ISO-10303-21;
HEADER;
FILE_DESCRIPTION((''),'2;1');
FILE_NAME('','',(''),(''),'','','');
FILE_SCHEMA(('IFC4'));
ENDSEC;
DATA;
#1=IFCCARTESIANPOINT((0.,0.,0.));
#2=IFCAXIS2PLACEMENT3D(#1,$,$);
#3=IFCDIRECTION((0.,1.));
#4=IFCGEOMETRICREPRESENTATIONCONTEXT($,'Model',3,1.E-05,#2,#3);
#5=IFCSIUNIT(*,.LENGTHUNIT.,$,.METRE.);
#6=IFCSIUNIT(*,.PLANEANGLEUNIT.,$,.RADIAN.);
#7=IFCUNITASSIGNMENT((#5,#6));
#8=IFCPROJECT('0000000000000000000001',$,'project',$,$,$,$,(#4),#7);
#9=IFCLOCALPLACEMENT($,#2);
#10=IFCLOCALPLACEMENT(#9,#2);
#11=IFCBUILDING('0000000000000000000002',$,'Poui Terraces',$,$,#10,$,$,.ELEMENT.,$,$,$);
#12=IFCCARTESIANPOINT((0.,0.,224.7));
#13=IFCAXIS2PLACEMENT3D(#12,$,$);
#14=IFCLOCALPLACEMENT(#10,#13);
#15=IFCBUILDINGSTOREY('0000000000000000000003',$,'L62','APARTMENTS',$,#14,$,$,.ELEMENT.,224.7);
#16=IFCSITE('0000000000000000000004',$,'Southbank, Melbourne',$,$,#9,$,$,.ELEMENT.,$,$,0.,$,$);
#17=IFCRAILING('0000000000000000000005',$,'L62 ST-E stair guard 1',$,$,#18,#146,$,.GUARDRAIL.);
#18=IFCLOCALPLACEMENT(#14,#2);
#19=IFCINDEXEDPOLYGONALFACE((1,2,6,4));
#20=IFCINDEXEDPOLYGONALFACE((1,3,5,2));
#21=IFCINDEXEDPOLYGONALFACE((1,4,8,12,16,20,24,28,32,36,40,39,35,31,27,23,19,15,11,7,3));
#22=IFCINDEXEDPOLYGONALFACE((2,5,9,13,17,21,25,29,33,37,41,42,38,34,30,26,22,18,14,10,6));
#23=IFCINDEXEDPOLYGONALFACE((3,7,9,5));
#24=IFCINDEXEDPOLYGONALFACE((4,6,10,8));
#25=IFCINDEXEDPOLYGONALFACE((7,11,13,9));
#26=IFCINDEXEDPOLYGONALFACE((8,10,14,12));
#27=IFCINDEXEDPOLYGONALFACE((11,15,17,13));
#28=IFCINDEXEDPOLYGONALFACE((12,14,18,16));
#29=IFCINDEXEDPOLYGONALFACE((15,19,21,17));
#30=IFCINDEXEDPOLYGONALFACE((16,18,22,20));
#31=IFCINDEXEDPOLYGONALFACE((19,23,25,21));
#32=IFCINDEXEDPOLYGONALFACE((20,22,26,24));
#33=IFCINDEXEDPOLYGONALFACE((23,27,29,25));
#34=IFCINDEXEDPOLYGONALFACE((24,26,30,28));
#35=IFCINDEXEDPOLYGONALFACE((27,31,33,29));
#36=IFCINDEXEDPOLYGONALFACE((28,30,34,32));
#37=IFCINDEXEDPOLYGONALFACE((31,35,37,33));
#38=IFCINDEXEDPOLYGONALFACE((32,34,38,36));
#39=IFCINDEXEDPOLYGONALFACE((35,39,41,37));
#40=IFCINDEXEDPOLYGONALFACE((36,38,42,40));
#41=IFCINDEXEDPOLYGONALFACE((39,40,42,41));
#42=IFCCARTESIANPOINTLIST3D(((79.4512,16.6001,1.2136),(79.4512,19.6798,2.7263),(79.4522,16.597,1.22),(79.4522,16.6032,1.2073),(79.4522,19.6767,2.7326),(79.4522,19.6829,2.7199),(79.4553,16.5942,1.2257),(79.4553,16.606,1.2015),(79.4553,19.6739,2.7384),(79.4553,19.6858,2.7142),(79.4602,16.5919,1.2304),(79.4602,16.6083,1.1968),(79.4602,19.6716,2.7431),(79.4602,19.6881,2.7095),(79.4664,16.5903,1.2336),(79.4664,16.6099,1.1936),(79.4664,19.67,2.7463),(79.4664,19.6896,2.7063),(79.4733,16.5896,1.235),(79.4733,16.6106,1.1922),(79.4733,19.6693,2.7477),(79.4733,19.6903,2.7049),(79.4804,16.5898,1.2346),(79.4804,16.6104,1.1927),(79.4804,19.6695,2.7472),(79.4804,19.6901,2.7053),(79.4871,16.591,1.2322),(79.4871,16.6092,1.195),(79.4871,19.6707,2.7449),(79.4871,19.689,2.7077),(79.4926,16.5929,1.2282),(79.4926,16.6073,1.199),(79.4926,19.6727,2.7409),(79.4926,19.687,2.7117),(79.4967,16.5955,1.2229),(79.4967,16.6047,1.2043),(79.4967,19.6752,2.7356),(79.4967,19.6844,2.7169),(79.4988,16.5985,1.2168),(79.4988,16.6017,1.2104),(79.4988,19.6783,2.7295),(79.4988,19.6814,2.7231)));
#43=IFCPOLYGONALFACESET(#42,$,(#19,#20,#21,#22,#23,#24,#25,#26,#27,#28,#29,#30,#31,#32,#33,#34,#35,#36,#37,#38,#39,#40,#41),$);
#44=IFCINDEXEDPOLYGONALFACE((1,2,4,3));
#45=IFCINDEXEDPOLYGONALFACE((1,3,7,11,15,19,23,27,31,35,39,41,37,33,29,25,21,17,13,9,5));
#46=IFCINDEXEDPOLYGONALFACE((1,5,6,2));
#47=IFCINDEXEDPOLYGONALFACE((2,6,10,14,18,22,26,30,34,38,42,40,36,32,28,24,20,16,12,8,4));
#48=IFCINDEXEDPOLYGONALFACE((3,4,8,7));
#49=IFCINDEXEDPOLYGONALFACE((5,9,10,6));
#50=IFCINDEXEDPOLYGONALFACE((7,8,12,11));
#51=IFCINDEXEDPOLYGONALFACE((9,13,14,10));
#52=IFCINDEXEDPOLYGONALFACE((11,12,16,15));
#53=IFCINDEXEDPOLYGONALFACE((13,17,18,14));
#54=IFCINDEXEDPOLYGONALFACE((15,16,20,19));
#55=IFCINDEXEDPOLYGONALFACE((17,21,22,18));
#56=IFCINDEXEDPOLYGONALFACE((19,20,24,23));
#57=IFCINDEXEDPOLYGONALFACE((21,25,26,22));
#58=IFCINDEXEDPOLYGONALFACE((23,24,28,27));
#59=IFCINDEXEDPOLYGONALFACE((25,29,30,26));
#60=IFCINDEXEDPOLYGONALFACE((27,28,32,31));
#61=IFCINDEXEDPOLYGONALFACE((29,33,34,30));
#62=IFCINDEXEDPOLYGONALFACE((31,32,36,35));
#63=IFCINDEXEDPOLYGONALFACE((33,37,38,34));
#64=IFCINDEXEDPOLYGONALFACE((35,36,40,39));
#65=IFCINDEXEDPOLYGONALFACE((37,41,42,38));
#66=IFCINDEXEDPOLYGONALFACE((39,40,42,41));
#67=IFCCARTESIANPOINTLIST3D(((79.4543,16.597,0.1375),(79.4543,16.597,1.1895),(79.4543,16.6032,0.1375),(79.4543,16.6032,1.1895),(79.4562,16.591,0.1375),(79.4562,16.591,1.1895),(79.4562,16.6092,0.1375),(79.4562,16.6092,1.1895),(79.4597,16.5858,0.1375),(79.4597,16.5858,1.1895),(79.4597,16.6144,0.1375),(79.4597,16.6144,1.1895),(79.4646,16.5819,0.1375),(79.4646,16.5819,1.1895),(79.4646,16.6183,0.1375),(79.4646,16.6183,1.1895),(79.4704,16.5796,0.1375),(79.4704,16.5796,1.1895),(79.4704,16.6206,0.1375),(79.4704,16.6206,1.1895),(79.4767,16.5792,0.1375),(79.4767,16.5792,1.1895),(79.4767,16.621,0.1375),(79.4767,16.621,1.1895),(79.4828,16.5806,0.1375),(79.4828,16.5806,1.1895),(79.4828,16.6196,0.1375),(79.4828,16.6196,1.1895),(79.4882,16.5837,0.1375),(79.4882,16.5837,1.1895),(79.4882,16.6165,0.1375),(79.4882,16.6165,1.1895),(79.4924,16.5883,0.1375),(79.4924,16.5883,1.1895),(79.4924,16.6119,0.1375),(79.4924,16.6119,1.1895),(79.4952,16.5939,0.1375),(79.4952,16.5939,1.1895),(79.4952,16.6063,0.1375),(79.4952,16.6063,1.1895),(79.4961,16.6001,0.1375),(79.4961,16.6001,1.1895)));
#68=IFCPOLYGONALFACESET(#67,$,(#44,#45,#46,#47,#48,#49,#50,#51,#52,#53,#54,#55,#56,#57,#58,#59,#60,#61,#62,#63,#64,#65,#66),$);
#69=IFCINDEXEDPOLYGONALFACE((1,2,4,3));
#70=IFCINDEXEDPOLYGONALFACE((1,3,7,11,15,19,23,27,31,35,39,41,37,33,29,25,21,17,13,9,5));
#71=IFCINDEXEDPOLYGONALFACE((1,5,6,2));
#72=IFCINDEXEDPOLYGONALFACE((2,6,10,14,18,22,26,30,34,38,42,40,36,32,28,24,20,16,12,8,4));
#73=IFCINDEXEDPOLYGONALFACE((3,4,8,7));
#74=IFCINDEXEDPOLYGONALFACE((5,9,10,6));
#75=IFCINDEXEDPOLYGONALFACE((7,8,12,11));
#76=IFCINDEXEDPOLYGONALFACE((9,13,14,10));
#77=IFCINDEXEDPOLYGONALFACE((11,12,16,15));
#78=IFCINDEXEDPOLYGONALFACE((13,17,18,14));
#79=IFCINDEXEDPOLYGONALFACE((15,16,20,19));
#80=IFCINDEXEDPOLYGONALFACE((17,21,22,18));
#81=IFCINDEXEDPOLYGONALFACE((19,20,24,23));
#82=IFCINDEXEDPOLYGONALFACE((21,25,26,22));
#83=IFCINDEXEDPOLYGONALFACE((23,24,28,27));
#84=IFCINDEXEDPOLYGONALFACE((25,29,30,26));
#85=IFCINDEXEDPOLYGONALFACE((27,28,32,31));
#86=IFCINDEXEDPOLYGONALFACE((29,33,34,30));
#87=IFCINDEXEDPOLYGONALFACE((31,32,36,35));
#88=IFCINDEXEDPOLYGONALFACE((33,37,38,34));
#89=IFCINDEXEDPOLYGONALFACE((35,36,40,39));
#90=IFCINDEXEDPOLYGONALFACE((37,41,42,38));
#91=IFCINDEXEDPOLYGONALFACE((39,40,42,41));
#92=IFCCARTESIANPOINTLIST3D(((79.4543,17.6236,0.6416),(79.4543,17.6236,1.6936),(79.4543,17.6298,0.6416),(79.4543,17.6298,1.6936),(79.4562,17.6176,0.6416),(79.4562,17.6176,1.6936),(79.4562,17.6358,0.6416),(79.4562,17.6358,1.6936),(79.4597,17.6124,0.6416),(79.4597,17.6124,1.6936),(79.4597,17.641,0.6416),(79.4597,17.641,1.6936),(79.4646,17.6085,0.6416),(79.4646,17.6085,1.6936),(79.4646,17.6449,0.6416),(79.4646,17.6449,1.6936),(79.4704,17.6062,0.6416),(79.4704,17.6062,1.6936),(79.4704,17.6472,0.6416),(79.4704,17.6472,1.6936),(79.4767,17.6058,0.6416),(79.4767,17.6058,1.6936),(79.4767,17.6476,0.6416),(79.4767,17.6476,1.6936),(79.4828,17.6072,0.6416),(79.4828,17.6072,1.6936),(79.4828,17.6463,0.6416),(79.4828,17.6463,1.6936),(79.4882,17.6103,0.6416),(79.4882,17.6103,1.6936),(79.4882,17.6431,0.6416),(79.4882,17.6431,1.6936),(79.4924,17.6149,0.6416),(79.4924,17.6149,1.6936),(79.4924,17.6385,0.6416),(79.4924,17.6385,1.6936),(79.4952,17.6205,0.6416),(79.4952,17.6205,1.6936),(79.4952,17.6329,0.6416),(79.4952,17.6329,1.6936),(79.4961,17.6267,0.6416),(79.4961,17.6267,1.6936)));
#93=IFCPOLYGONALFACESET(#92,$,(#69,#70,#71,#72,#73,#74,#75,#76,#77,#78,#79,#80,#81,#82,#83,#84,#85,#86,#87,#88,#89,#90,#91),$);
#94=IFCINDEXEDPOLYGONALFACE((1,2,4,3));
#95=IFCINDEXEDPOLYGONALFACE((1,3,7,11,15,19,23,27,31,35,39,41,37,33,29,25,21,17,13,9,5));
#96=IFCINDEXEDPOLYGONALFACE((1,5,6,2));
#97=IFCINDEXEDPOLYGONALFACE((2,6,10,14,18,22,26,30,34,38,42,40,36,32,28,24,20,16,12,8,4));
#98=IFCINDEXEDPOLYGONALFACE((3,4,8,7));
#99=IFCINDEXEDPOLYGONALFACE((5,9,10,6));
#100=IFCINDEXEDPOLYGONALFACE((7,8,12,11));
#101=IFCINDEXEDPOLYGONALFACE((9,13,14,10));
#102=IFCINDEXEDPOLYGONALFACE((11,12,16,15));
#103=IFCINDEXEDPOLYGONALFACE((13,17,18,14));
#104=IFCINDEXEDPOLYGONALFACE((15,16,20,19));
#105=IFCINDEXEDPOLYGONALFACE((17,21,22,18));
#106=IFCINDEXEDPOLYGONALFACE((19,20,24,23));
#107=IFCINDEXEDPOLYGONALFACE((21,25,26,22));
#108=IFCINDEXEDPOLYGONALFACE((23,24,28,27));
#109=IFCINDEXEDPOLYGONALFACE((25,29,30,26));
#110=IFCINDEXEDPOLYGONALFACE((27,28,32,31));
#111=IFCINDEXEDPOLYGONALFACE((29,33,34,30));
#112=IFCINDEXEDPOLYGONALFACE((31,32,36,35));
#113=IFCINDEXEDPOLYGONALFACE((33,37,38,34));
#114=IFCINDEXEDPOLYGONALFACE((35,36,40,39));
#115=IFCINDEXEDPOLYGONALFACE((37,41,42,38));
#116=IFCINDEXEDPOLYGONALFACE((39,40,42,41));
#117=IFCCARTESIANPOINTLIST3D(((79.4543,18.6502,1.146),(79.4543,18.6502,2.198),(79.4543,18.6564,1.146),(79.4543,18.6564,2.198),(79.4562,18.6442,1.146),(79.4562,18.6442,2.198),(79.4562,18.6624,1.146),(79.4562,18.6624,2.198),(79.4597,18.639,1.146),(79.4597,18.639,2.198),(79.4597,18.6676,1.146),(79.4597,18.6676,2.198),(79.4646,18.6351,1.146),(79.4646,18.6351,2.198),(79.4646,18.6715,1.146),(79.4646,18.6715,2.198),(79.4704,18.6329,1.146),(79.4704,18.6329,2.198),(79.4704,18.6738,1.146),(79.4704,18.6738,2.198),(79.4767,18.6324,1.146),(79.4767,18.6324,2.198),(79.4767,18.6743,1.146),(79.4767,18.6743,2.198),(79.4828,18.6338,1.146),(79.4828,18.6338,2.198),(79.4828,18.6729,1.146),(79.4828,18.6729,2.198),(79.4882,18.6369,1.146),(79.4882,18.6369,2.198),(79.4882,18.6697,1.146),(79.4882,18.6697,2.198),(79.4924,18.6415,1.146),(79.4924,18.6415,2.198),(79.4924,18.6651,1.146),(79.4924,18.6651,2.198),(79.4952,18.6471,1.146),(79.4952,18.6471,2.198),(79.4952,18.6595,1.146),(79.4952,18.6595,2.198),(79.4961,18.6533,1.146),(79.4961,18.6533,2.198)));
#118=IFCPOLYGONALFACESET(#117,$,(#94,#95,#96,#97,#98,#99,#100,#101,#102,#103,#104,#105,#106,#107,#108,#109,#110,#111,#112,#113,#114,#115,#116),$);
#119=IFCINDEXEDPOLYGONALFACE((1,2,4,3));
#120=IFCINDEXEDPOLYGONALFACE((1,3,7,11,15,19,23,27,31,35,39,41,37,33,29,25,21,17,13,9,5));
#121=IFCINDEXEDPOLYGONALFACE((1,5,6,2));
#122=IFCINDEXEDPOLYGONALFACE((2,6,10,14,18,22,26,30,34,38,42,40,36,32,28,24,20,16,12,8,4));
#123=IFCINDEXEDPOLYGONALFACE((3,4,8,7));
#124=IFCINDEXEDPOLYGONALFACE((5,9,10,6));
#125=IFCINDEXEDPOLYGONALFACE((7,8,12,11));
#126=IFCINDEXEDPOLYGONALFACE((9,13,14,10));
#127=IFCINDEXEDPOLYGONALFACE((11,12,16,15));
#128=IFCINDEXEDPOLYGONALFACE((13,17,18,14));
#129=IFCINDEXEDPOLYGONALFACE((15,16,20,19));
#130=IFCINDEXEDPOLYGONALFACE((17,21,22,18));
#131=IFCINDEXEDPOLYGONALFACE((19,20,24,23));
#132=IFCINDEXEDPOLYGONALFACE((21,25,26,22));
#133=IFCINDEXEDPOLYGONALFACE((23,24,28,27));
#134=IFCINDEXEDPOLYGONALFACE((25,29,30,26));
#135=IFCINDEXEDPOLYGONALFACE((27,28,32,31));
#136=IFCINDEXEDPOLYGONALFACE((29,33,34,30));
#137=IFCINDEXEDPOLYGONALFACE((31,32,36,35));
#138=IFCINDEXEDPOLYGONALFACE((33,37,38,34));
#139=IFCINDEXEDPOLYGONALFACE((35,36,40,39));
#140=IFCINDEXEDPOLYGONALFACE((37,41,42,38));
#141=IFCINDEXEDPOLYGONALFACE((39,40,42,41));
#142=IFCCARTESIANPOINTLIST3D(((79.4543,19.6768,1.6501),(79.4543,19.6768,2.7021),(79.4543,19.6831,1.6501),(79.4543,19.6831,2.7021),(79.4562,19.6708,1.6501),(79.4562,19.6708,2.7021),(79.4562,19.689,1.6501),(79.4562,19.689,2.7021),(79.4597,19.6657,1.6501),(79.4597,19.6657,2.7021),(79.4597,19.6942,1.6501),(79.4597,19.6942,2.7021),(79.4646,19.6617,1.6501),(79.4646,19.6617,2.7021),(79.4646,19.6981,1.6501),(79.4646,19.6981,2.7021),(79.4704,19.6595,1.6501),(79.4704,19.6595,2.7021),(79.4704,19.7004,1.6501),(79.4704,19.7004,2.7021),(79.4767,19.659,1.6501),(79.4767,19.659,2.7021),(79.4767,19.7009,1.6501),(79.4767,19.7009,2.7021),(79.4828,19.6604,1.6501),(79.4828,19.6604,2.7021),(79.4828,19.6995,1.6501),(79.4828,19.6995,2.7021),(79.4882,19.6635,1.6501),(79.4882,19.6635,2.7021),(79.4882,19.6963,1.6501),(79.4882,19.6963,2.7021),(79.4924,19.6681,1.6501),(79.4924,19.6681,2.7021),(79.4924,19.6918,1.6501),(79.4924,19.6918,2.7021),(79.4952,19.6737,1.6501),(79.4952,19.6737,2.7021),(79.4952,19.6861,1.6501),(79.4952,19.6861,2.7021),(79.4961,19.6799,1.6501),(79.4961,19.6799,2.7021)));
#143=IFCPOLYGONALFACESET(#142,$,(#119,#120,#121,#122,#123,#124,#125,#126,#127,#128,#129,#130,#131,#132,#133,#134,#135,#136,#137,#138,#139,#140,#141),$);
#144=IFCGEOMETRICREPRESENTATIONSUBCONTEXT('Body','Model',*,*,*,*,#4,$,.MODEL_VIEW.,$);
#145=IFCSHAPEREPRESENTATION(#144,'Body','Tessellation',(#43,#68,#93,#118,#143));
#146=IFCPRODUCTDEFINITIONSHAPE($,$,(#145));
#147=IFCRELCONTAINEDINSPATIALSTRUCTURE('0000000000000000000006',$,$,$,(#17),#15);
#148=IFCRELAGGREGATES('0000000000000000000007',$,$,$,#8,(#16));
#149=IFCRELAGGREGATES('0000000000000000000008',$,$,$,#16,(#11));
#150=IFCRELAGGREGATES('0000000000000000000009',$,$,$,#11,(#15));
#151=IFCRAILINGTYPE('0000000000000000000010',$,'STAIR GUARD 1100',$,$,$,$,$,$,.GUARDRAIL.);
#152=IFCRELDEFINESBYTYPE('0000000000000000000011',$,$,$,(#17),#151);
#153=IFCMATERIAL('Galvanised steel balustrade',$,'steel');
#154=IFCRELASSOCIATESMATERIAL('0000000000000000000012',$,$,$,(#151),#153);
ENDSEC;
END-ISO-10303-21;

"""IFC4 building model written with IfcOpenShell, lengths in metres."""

from ifc_helpers import new_model, si_unit, direction, frame, origin, origin_2d, place, context, subcontext, project, spatial, circle, extrude, material, type_object, element, save


model = new_model("IFC4")

# Units and contexts
model_context = context("Model", 3, precision=1e-05, world=origin(), true_north=direction((0.0, 1.0)))
body_context = subcontext(model_context, "Body", "Model", "MODEL_VIEW")
ifc_project = project(units=[si_unit("LENGTHUNIT", "METRE"), si_unit("PLANEANGLEUNIT", "RADIAN")], contexts=[model_context])

# Site, building, storey
site_placement = place(None, origin())
site = spatial("IfcSite", under=ifc_project, at=site_placement, Name="Southbank, Melbourne", CompositionType="ELEMENT", RefElevation=0.0)
building_placement = place(site_placement, origin())
building = spatial("IfcBuilding", under=site, at=building_placement, Name="Poui Terraces", CompositionType="ELEMENT")
storey_placement = place(building_placement, frame((0.0, 0.0, 224.7)))
storey = spatial("IfcBuildingStorey", under=building, at=storey_placement, Name="L62", Description="APARTMENTS", CompositionType="ELEMENT", Elevation=224.7)

# Railing
ifc_material_1 = material(Name="Galvanised steel balustrade", Category="steel")
railing_type_1 = type_object("IfcRailingType", Name="STAIR GUARD 1100", PredefinedType="GUARDRAIL", material=ifc_material_1)
railing_1_placement = place(storey_placement, frame((79.4751, 16.6001, 0.1375)))
element("IfcRailing", 1, at=railing_1_placement, inside=storey, type_object=railing_type_1, Name="L62 ST-E stair guard 1", PredefinedType="GUARDRAIL", context=body_context, shape_type="SweptSolid", body=[
    extrude(circle(Radius=0.0239, at=origin_2d()), frame((0.0, 0.0, 1.0762), z_axis=(0.0, 0.897578, 0.440856), x_axis=(-1.0, 0.0, 0.0)), (0.0, 0.0, 1.0), 3.4312),
    extrude(circle(Radius=0.021, at=origin_2d()), origin(), (0.0, 0.0, 1.0), 1.052),
    extrude(circle(Radius=0.021, at=origin_2d()), frame((0.0, 1.0266, 0.5042)), (0.0, 0.0, 1.0), 1.052),
    extrude(circle(Radius=0.021, at=origin_2d()), frame((0.0, 2.0532, 1.0085)), (0.0, 0.0, 1.0), 1.052),
    extrude(circle(Radius=0.021, at=origin_2d()), frame((0.0, 3.0798, 1.5127)), (0.0, 0.0, 1.0), 1.052),
])

save(model, "model.ifc")
